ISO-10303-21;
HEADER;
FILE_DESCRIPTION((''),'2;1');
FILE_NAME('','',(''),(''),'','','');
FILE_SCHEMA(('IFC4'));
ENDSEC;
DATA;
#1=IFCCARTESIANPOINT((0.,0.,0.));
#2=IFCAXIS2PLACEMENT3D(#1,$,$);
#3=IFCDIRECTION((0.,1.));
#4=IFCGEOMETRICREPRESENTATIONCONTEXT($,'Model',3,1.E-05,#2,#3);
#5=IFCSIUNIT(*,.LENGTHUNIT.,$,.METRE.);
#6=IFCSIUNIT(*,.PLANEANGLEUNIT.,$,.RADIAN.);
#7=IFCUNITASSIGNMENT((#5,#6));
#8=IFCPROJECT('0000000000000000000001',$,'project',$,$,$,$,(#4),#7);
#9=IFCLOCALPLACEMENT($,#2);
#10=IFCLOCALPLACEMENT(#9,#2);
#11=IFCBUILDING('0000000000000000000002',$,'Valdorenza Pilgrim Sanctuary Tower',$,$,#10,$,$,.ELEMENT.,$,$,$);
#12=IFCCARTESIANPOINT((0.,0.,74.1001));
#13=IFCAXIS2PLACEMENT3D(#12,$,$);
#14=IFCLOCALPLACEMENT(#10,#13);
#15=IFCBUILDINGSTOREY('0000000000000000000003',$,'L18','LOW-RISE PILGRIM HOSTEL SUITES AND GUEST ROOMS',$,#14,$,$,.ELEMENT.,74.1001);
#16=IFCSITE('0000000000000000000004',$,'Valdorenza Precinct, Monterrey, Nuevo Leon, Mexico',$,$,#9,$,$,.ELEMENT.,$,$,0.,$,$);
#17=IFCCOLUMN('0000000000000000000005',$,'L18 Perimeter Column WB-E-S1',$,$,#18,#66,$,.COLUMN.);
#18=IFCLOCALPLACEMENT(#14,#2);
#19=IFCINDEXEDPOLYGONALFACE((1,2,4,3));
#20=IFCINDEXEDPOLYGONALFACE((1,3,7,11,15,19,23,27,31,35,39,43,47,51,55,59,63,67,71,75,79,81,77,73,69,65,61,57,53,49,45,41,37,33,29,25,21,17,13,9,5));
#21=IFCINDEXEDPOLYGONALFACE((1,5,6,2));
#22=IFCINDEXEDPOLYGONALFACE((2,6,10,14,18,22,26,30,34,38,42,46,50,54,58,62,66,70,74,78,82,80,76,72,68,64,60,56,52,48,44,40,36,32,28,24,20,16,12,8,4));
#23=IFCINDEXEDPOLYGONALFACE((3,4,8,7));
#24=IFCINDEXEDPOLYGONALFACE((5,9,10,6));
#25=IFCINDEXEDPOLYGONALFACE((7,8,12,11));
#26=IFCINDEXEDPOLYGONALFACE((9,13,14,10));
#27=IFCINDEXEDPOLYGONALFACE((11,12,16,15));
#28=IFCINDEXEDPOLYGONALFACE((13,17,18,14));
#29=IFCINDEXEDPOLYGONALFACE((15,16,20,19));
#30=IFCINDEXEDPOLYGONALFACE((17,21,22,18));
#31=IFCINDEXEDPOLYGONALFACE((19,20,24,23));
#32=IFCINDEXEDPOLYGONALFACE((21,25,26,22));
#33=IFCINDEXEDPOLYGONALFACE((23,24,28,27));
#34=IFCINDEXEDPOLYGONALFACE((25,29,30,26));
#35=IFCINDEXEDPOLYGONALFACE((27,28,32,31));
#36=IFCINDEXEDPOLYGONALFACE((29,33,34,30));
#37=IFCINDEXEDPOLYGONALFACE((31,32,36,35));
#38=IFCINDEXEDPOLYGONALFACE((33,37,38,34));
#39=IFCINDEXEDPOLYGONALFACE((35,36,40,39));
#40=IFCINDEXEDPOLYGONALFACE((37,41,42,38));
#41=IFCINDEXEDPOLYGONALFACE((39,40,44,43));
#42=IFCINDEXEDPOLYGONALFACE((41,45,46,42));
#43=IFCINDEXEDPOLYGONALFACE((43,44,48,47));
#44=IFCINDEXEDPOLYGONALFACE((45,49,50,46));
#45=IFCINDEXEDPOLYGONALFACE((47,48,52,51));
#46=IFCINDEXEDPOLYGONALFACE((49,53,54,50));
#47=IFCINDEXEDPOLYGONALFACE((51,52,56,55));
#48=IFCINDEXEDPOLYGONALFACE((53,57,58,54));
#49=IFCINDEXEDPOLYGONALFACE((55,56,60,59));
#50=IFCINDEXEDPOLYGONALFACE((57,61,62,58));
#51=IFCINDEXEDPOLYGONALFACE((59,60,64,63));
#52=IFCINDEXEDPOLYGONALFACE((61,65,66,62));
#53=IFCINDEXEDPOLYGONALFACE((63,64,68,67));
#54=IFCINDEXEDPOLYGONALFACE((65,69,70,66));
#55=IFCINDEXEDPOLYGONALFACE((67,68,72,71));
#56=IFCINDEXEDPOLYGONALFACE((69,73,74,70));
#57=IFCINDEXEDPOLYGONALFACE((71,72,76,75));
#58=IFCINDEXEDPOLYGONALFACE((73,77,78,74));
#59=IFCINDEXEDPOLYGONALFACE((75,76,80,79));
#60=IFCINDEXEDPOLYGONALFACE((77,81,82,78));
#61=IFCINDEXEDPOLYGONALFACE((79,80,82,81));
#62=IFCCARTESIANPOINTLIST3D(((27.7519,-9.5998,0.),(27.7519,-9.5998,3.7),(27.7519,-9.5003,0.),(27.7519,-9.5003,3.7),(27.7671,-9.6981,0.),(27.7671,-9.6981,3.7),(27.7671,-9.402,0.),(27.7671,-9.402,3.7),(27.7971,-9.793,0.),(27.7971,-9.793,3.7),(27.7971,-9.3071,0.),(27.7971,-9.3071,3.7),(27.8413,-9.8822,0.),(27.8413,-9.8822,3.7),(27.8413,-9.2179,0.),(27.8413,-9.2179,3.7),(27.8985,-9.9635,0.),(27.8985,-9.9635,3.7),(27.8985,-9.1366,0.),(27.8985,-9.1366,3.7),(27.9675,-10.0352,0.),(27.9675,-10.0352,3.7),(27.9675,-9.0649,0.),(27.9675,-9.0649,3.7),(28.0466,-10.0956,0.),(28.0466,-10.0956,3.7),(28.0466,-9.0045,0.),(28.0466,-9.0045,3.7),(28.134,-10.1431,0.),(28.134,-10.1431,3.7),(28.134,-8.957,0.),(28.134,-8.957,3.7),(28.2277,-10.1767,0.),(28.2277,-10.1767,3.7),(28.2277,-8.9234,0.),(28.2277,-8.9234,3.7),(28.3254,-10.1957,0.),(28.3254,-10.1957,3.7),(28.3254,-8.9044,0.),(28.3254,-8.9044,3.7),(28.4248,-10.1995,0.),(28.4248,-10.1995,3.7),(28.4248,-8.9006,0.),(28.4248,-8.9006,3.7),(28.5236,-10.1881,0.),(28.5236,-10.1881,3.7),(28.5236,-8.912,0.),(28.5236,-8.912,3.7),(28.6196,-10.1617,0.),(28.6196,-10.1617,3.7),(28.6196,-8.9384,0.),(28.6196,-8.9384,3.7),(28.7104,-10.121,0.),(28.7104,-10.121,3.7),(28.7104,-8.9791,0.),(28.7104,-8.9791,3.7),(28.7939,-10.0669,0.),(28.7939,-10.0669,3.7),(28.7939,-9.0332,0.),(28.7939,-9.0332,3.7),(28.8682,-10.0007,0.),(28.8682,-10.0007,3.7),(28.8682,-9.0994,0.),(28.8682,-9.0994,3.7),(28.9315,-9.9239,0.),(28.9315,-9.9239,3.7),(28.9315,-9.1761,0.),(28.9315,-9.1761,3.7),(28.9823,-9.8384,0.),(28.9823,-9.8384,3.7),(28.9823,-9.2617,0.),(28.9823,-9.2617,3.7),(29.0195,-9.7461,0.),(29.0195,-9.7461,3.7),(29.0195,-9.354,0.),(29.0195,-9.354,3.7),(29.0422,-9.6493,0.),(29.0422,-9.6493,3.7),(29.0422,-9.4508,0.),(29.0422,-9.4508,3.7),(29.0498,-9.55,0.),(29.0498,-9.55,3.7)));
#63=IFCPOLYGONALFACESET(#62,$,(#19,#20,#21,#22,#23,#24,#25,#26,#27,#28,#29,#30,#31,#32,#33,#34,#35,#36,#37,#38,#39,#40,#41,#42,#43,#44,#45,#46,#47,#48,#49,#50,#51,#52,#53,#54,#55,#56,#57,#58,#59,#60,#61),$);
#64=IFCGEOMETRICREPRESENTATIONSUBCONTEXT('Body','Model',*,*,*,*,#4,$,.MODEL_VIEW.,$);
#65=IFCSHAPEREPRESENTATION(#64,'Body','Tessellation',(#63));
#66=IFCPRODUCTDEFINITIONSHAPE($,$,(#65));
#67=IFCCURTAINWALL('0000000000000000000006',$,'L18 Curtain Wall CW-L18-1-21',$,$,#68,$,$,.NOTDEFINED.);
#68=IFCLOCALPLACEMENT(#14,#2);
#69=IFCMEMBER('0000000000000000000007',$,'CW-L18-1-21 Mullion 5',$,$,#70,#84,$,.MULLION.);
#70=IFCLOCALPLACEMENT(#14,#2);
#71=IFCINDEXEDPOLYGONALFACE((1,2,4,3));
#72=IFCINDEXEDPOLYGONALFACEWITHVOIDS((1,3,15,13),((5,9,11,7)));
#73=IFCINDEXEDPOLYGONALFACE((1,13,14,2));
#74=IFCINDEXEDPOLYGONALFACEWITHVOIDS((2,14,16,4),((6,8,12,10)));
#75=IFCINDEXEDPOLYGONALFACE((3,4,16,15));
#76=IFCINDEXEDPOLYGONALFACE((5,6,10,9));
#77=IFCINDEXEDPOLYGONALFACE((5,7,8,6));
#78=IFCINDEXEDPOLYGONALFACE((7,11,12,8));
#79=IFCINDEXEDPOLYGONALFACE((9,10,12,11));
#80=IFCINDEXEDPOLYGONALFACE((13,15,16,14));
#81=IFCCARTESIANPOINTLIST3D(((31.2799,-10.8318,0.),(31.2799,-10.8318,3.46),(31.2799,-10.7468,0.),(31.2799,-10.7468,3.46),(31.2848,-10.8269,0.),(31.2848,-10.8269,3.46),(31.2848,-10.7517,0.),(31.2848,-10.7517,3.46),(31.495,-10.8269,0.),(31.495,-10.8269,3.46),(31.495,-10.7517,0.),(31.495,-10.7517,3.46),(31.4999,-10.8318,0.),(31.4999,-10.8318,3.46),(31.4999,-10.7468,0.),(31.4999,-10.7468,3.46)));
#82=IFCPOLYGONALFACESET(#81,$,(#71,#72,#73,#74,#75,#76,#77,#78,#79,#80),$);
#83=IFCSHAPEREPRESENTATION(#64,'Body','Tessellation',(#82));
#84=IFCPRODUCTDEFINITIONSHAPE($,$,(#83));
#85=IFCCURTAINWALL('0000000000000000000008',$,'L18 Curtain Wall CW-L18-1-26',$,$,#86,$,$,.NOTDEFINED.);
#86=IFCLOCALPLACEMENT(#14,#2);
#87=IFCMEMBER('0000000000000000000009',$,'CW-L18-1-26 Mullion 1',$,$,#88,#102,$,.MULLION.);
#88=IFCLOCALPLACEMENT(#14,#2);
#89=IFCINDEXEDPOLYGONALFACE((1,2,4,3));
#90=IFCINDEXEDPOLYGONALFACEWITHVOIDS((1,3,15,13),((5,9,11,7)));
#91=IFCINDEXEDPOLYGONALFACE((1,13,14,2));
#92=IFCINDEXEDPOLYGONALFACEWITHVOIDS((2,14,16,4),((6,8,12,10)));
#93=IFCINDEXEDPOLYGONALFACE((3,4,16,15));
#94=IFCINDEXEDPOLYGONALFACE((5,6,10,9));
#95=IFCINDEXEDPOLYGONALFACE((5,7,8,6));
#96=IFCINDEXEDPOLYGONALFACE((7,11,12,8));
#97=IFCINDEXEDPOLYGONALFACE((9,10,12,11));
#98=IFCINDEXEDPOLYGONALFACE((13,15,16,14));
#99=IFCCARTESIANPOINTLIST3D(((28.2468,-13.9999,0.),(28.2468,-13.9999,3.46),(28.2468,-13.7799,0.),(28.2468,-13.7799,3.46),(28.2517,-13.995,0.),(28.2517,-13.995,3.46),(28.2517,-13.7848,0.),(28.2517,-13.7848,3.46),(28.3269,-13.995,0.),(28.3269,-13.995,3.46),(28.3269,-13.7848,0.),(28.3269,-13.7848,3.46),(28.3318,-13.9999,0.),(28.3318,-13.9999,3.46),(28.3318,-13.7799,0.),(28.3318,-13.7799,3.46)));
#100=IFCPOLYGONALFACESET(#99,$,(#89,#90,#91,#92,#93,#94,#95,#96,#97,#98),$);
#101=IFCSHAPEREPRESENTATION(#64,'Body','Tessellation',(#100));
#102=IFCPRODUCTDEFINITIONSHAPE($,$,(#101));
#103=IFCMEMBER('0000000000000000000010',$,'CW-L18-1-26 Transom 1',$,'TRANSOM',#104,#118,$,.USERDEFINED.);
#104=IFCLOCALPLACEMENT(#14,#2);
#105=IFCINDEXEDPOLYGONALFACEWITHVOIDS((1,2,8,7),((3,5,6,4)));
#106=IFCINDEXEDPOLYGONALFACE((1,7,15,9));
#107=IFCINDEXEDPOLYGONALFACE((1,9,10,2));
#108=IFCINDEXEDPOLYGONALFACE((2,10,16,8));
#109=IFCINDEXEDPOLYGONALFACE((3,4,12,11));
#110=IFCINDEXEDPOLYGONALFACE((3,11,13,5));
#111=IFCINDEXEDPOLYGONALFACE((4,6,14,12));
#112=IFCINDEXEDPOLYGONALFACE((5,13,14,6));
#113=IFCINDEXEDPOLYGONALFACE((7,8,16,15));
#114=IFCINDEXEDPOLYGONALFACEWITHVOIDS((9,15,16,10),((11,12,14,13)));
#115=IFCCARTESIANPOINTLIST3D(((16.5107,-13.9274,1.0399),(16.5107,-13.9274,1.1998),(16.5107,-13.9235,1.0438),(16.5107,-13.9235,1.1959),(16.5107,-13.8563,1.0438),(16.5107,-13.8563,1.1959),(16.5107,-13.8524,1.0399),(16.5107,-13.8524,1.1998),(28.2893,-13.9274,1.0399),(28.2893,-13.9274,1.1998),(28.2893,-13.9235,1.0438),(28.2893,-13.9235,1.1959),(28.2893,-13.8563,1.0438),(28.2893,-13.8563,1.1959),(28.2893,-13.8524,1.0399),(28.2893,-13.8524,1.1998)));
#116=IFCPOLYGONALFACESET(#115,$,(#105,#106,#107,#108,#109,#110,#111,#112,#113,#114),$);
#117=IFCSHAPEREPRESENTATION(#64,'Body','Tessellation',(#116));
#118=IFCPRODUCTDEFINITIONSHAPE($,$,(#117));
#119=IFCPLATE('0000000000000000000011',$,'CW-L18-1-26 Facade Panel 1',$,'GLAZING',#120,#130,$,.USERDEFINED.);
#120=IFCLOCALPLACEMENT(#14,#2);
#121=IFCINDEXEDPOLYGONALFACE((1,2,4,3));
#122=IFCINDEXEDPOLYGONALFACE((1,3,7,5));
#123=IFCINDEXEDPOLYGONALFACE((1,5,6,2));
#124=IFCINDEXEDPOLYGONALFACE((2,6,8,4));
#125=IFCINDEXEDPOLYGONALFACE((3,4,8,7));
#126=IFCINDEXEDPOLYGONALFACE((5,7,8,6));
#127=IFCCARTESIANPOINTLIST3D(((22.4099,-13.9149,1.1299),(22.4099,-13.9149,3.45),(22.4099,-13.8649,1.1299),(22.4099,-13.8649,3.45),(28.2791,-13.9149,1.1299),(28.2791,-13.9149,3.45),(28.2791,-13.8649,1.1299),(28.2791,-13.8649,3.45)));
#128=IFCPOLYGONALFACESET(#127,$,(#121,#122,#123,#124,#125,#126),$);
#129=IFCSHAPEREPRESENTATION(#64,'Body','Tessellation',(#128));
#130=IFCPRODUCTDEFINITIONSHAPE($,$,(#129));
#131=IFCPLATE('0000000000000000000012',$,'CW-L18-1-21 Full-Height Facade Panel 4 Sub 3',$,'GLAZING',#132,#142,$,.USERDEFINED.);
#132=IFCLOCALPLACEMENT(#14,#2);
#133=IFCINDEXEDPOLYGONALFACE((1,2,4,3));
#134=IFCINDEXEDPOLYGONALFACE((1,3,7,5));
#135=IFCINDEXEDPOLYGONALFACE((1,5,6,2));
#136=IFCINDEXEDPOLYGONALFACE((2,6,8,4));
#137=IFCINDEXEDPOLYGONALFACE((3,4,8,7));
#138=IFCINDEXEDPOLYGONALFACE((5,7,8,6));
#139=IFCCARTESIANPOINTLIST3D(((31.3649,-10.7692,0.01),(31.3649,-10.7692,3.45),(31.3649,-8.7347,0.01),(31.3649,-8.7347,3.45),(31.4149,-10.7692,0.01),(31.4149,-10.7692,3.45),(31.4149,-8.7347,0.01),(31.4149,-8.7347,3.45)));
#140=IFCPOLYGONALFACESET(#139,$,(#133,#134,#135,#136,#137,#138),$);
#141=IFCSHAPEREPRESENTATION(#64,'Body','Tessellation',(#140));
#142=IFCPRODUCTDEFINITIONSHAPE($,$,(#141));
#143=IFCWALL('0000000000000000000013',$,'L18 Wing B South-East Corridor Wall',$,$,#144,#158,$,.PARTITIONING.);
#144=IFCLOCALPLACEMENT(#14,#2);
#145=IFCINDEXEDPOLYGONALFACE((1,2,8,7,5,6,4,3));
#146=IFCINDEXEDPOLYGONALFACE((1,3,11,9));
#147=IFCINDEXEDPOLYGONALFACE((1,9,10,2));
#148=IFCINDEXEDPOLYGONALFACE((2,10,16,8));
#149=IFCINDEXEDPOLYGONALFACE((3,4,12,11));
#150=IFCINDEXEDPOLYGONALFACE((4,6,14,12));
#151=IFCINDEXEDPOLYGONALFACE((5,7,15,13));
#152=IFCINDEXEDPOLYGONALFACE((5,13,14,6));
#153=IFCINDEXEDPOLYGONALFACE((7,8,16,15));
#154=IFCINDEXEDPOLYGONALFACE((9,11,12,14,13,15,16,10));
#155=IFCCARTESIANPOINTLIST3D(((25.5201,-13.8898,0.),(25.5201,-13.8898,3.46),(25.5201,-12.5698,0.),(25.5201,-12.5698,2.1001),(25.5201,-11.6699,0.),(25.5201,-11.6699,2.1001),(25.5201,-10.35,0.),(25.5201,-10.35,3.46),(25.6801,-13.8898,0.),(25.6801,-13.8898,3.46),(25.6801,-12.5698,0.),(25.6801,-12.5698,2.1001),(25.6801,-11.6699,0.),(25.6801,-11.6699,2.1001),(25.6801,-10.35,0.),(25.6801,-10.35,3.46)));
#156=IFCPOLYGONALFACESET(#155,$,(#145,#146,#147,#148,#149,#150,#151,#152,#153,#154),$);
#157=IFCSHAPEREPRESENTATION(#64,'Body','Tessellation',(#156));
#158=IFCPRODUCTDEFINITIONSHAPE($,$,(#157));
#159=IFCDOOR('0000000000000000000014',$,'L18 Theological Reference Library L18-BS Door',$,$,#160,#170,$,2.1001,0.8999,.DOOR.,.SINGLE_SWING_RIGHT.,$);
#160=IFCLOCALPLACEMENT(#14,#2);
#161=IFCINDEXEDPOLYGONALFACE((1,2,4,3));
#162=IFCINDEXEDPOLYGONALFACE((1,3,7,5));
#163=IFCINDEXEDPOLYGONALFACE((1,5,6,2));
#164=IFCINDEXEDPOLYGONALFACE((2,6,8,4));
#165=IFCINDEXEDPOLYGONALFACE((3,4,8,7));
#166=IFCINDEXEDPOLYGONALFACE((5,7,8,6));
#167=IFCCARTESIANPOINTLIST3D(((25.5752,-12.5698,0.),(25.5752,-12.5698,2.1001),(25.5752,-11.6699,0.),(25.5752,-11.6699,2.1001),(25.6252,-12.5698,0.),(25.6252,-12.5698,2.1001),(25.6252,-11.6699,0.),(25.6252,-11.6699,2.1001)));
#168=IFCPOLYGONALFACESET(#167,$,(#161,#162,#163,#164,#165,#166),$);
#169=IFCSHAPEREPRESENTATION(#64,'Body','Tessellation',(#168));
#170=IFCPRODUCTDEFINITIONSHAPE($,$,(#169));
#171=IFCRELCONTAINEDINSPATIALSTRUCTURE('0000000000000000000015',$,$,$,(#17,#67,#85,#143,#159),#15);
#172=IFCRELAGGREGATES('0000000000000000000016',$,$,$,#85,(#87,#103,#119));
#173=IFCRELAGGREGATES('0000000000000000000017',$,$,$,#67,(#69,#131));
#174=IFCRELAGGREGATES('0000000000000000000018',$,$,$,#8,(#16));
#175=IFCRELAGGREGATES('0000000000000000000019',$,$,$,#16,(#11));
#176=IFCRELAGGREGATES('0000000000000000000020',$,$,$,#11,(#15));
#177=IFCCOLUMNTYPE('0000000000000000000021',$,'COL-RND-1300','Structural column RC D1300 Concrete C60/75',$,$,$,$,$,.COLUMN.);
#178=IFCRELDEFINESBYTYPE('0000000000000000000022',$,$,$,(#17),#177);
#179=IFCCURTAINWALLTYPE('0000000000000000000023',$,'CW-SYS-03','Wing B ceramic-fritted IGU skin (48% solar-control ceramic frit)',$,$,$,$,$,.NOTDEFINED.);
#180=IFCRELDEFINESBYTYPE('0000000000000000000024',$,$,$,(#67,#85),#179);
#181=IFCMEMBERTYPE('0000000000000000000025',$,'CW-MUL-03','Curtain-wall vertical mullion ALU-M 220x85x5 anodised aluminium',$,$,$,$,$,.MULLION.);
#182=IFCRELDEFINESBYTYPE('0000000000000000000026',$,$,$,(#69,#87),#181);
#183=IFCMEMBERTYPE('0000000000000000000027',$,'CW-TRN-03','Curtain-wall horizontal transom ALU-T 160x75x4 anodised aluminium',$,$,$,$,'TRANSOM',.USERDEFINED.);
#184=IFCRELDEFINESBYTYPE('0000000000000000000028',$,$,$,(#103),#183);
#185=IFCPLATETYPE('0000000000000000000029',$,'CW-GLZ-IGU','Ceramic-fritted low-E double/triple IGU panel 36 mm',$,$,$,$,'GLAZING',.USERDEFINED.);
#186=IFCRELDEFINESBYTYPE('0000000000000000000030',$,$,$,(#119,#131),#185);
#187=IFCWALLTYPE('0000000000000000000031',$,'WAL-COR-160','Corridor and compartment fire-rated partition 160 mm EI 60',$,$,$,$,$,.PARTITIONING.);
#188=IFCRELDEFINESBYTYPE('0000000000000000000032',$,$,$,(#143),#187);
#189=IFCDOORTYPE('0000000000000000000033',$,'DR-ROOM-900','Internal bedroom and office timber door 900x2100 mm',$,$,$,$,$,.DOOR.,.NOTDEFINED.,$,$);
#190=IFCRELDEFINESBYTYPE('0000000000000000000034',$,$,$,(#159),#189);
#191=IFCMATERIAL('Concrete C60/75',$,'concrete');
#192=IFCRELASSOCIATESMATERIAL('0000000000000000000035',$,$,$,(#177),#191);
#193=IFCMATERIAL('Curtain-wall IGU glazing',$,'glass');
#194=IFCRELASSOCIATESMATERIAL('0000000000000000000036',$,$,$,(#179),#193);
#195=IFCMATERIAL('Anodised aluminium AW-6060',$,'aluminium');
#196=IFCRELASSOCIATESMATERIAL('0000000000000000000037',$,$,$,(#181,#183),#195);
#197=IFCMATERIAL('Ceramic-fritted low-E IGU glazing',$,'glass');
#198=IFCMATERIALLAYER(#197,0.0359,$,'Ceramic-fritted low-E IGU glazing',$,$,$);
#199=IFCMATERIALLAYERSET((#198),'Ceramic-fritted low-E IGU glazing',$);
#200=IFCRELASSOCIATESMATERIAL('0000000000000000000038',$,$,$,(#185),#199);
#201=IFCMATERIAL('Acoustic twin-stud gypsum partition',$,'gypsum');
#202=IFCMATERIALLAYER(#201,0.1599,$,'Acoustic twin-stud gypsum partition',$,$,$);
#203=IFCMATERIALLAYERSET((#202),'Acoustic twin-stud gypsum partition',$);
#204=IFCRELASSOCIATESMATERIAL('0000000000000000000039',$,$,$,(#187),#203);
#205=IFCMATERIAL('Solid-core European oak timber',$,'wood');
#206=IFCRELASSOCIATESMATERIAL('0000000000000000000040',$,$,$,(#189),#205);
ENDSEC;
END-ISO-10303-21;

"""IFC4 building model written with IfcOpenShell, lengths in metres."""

from ifc_helpers import new_model, si_unit, direction, frame, frame_2d, origin, origin_2d, place, context, subcontext, project, spatial, rectangle, hollow_rectangle, circle, extrude, source, transform, mapped, material, layer, layer_set, material_profile, profile_set, type_object, element, fill, aggregate, save


model = new_model("IFC4")

# Units and contexts
model_context = context("Model", 3, precision=1e-05, world=origin(), true_north=direction((0.0, 1.0)))
body_context = subcontext(model_context, "Body", "Model", "MODEL_VIEW")
ifc_project = project(units=[si_unit("LENGTHUNIT", "METRE"), si_unit("PLANEANGLEUNIT", "RADIAN")], contexts=[model_context])

# Site, building, storey
site_placement = place(None, origin())
site = spatial("IfcSite", under=ifc_project, at=site_placement, Name="Valdorenza Precinct, Monterrey, Nuevo Leon, Mexico", CompositionType="ELEMENT", RefElevation=0.0)
building_placement = place(site_placement, origin())
building = spatial("IfcBuilding", under=site, at=building_placement, Name="Valdorenza Pilgrim Sanctuary Tower", CompositionType="ELEMENT")
storey_placement = place(building_placement, frame((0.0, 0.0, 74.1001)))
storey = spatial("IfcBuildingStorey", under=building, at=storey_placement, Name="L18", Description="LOW-RISE PILGRIM HOSTEL SUITES AND GUEST ROOMS", CompositionType="ELEMENT", Elevation=74.1001)

# Column
ifc_material_1 = material(Name="Concrete C60/75", Category="concrete")
ifc_material_profile_1 = material_profile(ifc_material_1, circle(Radius=0.6499, at=origin_2d()), Name="RC D1300")
ifc_profile_set_1 = profile_set([ifc_material_profile_1], Name="Concrete C60/75")
column_type = type_object("IfcColumnType", Name="COL-RND-1300", Description="Structural column RC D1300 Concrete C60/75", PredefinedType="COLUMN", material=ifc_profile_set_1)
shared_shape_1 = source(origin(), body_context, "Body", "SweptSolid", [
    extrude(circle(Radius=0.6499, at=origin_2d()), origin(), (0.0, 0.0, 1.0), 3.7),
])
column_placement = place(storey_placement, frame((28.3999, -9.55, 0.0), z_axis=(0.0, 0.0, 1.0), x_axis=(1.0, 0.0, 0.0)))
element("IfcColumn", 1, at=column_placement, inside=storey, type_object=column_type, Name="L18 Perimeter Column WB-E-S1", PredefinedType="COLUMN", context=body_context, shape_type="MappedRepresentation", body=[
    mapped(shared_shape_1, transform((0.0, 0.0, 0.0), x_axis=(1.0, 0.0, 0.0), y_axis=(0.0, 1.0, 0.0), z_axis=(0.0, 0.0, 1.0), scale=1.0)),
])

# Curtain wall, member
ifc_material_2 = material(Name="Curtain-wall IGU glazing", Category="glass")
curtain_wall_type = type_object("IfcCurtainWallType", Name="CW-SYS-03", Description="Wing B ceramic-fritted IGU skin (48% solar-control ceramic frit)", PredefinedType="NOTDEFINED", material=ifc_material_2)
curtain_wall_1_placement = place(storey_placement, origin())
curtain_wall_1 = element("IfcCurtainWall", 2, at=curtain_wall_1_placement, inside=storey, type_object=curtain_wall_type, Name="L18 Curtain Wall CW-L18-1-21", PredefinedType="NOTDEFINED")
ifc_material_3 = material(Name="Anodised aluminium AW-6060", Category="aluminium")
ifc_material_profile_2 = material_profile(ifc_material_3, hollow_rectangle(XDim=0.085, YDim=0.22, WallThickness=0.0049, at=origin_2d()), Name="ALU-M 220x85x5")
ifc_profile_set_2 = profile_set([ifc_material_profile_2], Name="Anodised aluminium AW-6060")
member_type_1 = type_object("IfcMemberType", Name="CW-MUL-03", Description="Curtain-wall vertical mullion ALU-M 220x85x5 anodised aluminium", PredefinedType="MULLION", material=ifc_profile_set_2)
shared_shape_2 = source(origin(), body_context, "Body", "SweptSolid", [
    extrude(hollow_rectangle(XDim=0.085, YDim=0.22, WallThickness=0.0049, at=origin_2d()), origin(), (0.0, 0.0, 1.0), 3.46),
])
member_1_placement = place(storey_placement, frame((31.3899, -10.7893, 0.0), z_axis=(0.0, 0.0, 1.0), x_axis=(0.0, -1.0, 0.0)))
member_1 = element("IfcMember", 3, at=member_1_placement, type_object=member_type_1, Name="CW-L18-1-21 Mullion 5", PredefinedType="MULLION", context=body_context, shape_type="MappedRepresentation", body=[
    mapped(shared_shape_2, transform((0.0, 0.0, 0.0), x_axis=(1.0, 0.0, 0.0), y_axis=(0.0, 1.0, 0.0), z_axis=(0.0, 0.0, 1.0), scale=1.0)),
])

# Curtain wall, members, plate
curtain_wall_2_placement = place(storey_placement, origin())
curtain_wall_2 = element("IfcCurtainWall", 4, at=curtain_wall_2_placement, inside=storey, type_object=curtain_wall_type, Name="L18 Curtain Wall CW-L18-1-26", PredefinedType="NOTDEFINED")
member_2_placement = place(storey_placement, frame((28.2893, -13.8899, 0.0), z_axis=(0.0, 0.0, 1.0), x_axis=(-1.0, 0.0, 0.0)))
member_2 = element("IfcMember", 5, at=member_2_placement, type_object=member_type_1, Name="CW-L18-1-26 Mullion 1", PredefinedType="MULLION", context=body_context, shape_type="MappedRepresentation", body=[
    mapped(shared_shape_2, transform((0.0, 0.0, 0.0), x_axis=(1.0, 0.0, 0.0), y_axis=(0.0, 1.0, 0.0), z_axis=(0.0, 0.0, 1.0), scale=1.0)),
])
ifc_material_profile_3 = material_profile(ifc_material_3, hollow_rectangle(XDim=0.075, YDim=0.1599, WallThickness=0.0039, at=origin_2d()), Name="ALU-T 160x75x4")
ifc_profile_set_3 = profile_set([ifc_material_profile_3], Name="Anodised aluminium AW-6060")
member_type_2 = type_object("IfcMemberType", Name="CW-TRN-03", Description="Curtain-wall horizontal transom ALU-T 160x75x4 anodised aluminium", ElementType="TRANSOM", PredefinedType="USERDEFINED", material=ifc_profile_set_3)
shared_shape_3 = source(origin(), body_context, "Body", "SweptSolid", [
    extrude(hollow_rectangle(XDim=0.075, YDim=0.1599, WallThickness=0.0039, at=origin_2d()), origin(), (0.0, 0.0, 1.0), 11.7786),
])
member_3_placement = place(storey_placement, frame((28.2893, -13.8899, 1.1199), z_axis=(-1.0, 0.0, 0.0), x_axis=(0.0, -1.0, 0.0)))
member_3 = element("IfcMember", 6, at=member_3_placement, type_object=member_type_2, Name="CW-L18-1-26 Transom 1", ObjectType="TRANSOM", PredefinedType="USERDEFINED", context=body_context, shape_type="MappedRepresentation", body=[
    mapped(shared_shape_3, transform((0.0, 0.0, 0.0), x_axis=(1.0, 0.0, 0.0), y_axis=(0.0, 1.0, 0.0), z_axis=(0.0, 0.0, 1.0), scale=1.0)),
])
ifc_material_4 = material(Name="Ceramic-fritted low-E IGU glazing", Category="glass")
ifc_layer_1 = layer(ifc_material_4, 0.0359, Name="Ceramic-fritted low-E IGU glazing")
ifc_layer_set_1 = layer_set([ifc_layer_1], Name="Ceramic-fritted low-E IGU glazing")
plate_type = type_object("IfcPlateType", Name="CW-GLZ-IGU", Description="Ceramic-fritted low-E double/triple IGU panel 36 mm", ElementType="GLAZING", PredefinedType="USERDEFINED", material=ifc_layer_set_1)
shared_shape_4 = source(origin(), body_context, "Body", "SweptSolid", [
    extrude(rectangle(XDim=5.8691, YDim=0.05, at=origin_2d()), origin(), (0.0, 0.0, 1.0), 2.3201),
])
plate_1_placement = place(storey_placement, frame((25.3445, -13.8899, 1.1299), z_axis=(0.0, 0.0, 1.0), x_axis=(-1.0, 0.0, 0.0)))
plate_1 = element("IfcPlate", 7, at=plate_1_placement, type_object=plate_type, Name="CW-L18-1-26 Facade Panel 1", ObjectType="GLAZING", PredefinedType="USERDEFINED", context=body_context, shape_type="MappedRepresentation", body=[
    mapped(shared_shape_4, transform((0.0, 0.0, 0.0), x_axis=(1.0, 0.0, 0.0), y_axis=(0.0, 1.0, 0.0), z_axis=(0.0, 0.0, 1.0), scale=1.0)),
])
aggregate(curtain_wall_2, [member_2, member_3, plate_1])

# Plate
shared_shape_5 = source(origin(), body_context, "Body", "SweptSolid", [
    extrude(rectangle(XDim=2.0344, YDim=0.05, at=origin_2d()), origin(), (0.0, 0.0, 1.0), 3.4399),
])
plate_2_placement = place(storey_placement, frame((31.3899, -9.752, 0.01), z_axis=(0.0, 0.0, 1.0), x_axis=(0.0, -1.0, 0.0)))
plate_2 = element("IfcPlate", 8, at=plate_2_placement, type_object=plate_type, Name="CW-L18-1-21 Full-Height Facade Panel 4 Sub 3", ObjectType="GLAZING", PredefinedType="USERDEFINED", context=body_context, shape_type="MappedRepresentation", body=[
    mapped(shared_shape_5, transform((0.0, 0.0, 0.0), x_axis=(1.0, 0.0, 0.0), y_axis=(0.0, 1.0, 0.0), z_axis=(0.0, 0.0, 1.0), scale=1.0)),
])
aggregate(curtain_wall_1, [member_1, plate_2])

# Wall, opening, door
ifc_material_5 = material(Name="Acoustic twin-stud gypsum partition", Category="gypsum")
ifc_layer_2 = layer(ifc_material_5, 0.1599, Name="Acoustic twin-stud gypsum partition")
ifc_layer_set_2 = layer_set([ifc_layer_2], Name="Acoustic twin-stud gypsum partition")
wall_type_1 = type_object("IfcWallType", Name="WAL-COR-160", Description="Corridor and compartment fire-rated partition 160 mm EI 60", PredefinedType="PARTITIONING", material=ifc_layer_set_2)
wall_1_placement = place(storey_placement, frame((25.6001, -13.8899, 0.0), z_axis=(0.0, 0.0, 1.0), x_axis=(0.0, 1.0, 0.0)))
wall_1 = element("IfcWall", 9, at=wall_1_placement, inside=storey, type_object=wall_type_1, Name="L18 Wing B South-East Corridor Wall", PredefinedType="PARTITIONING", context=body_context, shape_type="SweptSolid", body=[
    extrude(rectangle(XDim=3.5398, YDim=0.1599, at=frame_2d((1.77, 0.0))), origin(), (0.0, 0.0, 1.0), 3.46),
])
opening_1_placement = place(wall_1_placement, frame((1.3201, 0.0, 0.0)))
opening_1 = element("IfcOpeningElement", 10, at=opening_1_placement, cuts=wall_1, PredefinedType="OPENING", context=body_context, shape_type="SweptSolid", body=[
    extrude(rectangle(XDim=0.8999, YDim=2.1001, at=frame_2d((0.45, 1.05))), frame((0.0, 0.0947, 0.0), z_axis=(0.0, -1.0, 0.0), x_axis=(1.0, 0.0, 0.0)), (0.0, 0.0, 1.0), 0.1897),
])
ifc_material_6 = material(Name="Solid-core European oak timber", Category="wood")
door_type_1 = type_object("IfcDoorType", Name="DR-ROOM-900", Description="Internal bedroom and office timber door 900x2100 mm", OperationType="NOTDEFINED", PredefinedType="DOOR", material=ifc_material_6)
door_1_placement = place(opening_1_placement, origin())
door_1 = element("IfcDoor", 11, at=door_1_placement, inside=storey, type_object=door_type_1, Name="L18 Theological Reference Library L18-BS Door", OperationType="SINGLE_SWING_RIGHT", OverallHeight=2.1001, OverallWidth=0.8999, PredefinedType="DOOR", context=body_context, shape_type="SweptSolid", body=[
    extrude(rectangle(XDim=0.8999, YDim=2.1001, at=frame_2d((0.45, 1.05))), frame((0.0, 0.0249, 0.0), z_axis=(0.0, -1.0, 0.0), x_axis=(1.0, 0.0, 0.0)), (0.0, 0.0, 1.0), 0.05),
])
fill(opening_1, door_1)

save(model, "model.ifc")
